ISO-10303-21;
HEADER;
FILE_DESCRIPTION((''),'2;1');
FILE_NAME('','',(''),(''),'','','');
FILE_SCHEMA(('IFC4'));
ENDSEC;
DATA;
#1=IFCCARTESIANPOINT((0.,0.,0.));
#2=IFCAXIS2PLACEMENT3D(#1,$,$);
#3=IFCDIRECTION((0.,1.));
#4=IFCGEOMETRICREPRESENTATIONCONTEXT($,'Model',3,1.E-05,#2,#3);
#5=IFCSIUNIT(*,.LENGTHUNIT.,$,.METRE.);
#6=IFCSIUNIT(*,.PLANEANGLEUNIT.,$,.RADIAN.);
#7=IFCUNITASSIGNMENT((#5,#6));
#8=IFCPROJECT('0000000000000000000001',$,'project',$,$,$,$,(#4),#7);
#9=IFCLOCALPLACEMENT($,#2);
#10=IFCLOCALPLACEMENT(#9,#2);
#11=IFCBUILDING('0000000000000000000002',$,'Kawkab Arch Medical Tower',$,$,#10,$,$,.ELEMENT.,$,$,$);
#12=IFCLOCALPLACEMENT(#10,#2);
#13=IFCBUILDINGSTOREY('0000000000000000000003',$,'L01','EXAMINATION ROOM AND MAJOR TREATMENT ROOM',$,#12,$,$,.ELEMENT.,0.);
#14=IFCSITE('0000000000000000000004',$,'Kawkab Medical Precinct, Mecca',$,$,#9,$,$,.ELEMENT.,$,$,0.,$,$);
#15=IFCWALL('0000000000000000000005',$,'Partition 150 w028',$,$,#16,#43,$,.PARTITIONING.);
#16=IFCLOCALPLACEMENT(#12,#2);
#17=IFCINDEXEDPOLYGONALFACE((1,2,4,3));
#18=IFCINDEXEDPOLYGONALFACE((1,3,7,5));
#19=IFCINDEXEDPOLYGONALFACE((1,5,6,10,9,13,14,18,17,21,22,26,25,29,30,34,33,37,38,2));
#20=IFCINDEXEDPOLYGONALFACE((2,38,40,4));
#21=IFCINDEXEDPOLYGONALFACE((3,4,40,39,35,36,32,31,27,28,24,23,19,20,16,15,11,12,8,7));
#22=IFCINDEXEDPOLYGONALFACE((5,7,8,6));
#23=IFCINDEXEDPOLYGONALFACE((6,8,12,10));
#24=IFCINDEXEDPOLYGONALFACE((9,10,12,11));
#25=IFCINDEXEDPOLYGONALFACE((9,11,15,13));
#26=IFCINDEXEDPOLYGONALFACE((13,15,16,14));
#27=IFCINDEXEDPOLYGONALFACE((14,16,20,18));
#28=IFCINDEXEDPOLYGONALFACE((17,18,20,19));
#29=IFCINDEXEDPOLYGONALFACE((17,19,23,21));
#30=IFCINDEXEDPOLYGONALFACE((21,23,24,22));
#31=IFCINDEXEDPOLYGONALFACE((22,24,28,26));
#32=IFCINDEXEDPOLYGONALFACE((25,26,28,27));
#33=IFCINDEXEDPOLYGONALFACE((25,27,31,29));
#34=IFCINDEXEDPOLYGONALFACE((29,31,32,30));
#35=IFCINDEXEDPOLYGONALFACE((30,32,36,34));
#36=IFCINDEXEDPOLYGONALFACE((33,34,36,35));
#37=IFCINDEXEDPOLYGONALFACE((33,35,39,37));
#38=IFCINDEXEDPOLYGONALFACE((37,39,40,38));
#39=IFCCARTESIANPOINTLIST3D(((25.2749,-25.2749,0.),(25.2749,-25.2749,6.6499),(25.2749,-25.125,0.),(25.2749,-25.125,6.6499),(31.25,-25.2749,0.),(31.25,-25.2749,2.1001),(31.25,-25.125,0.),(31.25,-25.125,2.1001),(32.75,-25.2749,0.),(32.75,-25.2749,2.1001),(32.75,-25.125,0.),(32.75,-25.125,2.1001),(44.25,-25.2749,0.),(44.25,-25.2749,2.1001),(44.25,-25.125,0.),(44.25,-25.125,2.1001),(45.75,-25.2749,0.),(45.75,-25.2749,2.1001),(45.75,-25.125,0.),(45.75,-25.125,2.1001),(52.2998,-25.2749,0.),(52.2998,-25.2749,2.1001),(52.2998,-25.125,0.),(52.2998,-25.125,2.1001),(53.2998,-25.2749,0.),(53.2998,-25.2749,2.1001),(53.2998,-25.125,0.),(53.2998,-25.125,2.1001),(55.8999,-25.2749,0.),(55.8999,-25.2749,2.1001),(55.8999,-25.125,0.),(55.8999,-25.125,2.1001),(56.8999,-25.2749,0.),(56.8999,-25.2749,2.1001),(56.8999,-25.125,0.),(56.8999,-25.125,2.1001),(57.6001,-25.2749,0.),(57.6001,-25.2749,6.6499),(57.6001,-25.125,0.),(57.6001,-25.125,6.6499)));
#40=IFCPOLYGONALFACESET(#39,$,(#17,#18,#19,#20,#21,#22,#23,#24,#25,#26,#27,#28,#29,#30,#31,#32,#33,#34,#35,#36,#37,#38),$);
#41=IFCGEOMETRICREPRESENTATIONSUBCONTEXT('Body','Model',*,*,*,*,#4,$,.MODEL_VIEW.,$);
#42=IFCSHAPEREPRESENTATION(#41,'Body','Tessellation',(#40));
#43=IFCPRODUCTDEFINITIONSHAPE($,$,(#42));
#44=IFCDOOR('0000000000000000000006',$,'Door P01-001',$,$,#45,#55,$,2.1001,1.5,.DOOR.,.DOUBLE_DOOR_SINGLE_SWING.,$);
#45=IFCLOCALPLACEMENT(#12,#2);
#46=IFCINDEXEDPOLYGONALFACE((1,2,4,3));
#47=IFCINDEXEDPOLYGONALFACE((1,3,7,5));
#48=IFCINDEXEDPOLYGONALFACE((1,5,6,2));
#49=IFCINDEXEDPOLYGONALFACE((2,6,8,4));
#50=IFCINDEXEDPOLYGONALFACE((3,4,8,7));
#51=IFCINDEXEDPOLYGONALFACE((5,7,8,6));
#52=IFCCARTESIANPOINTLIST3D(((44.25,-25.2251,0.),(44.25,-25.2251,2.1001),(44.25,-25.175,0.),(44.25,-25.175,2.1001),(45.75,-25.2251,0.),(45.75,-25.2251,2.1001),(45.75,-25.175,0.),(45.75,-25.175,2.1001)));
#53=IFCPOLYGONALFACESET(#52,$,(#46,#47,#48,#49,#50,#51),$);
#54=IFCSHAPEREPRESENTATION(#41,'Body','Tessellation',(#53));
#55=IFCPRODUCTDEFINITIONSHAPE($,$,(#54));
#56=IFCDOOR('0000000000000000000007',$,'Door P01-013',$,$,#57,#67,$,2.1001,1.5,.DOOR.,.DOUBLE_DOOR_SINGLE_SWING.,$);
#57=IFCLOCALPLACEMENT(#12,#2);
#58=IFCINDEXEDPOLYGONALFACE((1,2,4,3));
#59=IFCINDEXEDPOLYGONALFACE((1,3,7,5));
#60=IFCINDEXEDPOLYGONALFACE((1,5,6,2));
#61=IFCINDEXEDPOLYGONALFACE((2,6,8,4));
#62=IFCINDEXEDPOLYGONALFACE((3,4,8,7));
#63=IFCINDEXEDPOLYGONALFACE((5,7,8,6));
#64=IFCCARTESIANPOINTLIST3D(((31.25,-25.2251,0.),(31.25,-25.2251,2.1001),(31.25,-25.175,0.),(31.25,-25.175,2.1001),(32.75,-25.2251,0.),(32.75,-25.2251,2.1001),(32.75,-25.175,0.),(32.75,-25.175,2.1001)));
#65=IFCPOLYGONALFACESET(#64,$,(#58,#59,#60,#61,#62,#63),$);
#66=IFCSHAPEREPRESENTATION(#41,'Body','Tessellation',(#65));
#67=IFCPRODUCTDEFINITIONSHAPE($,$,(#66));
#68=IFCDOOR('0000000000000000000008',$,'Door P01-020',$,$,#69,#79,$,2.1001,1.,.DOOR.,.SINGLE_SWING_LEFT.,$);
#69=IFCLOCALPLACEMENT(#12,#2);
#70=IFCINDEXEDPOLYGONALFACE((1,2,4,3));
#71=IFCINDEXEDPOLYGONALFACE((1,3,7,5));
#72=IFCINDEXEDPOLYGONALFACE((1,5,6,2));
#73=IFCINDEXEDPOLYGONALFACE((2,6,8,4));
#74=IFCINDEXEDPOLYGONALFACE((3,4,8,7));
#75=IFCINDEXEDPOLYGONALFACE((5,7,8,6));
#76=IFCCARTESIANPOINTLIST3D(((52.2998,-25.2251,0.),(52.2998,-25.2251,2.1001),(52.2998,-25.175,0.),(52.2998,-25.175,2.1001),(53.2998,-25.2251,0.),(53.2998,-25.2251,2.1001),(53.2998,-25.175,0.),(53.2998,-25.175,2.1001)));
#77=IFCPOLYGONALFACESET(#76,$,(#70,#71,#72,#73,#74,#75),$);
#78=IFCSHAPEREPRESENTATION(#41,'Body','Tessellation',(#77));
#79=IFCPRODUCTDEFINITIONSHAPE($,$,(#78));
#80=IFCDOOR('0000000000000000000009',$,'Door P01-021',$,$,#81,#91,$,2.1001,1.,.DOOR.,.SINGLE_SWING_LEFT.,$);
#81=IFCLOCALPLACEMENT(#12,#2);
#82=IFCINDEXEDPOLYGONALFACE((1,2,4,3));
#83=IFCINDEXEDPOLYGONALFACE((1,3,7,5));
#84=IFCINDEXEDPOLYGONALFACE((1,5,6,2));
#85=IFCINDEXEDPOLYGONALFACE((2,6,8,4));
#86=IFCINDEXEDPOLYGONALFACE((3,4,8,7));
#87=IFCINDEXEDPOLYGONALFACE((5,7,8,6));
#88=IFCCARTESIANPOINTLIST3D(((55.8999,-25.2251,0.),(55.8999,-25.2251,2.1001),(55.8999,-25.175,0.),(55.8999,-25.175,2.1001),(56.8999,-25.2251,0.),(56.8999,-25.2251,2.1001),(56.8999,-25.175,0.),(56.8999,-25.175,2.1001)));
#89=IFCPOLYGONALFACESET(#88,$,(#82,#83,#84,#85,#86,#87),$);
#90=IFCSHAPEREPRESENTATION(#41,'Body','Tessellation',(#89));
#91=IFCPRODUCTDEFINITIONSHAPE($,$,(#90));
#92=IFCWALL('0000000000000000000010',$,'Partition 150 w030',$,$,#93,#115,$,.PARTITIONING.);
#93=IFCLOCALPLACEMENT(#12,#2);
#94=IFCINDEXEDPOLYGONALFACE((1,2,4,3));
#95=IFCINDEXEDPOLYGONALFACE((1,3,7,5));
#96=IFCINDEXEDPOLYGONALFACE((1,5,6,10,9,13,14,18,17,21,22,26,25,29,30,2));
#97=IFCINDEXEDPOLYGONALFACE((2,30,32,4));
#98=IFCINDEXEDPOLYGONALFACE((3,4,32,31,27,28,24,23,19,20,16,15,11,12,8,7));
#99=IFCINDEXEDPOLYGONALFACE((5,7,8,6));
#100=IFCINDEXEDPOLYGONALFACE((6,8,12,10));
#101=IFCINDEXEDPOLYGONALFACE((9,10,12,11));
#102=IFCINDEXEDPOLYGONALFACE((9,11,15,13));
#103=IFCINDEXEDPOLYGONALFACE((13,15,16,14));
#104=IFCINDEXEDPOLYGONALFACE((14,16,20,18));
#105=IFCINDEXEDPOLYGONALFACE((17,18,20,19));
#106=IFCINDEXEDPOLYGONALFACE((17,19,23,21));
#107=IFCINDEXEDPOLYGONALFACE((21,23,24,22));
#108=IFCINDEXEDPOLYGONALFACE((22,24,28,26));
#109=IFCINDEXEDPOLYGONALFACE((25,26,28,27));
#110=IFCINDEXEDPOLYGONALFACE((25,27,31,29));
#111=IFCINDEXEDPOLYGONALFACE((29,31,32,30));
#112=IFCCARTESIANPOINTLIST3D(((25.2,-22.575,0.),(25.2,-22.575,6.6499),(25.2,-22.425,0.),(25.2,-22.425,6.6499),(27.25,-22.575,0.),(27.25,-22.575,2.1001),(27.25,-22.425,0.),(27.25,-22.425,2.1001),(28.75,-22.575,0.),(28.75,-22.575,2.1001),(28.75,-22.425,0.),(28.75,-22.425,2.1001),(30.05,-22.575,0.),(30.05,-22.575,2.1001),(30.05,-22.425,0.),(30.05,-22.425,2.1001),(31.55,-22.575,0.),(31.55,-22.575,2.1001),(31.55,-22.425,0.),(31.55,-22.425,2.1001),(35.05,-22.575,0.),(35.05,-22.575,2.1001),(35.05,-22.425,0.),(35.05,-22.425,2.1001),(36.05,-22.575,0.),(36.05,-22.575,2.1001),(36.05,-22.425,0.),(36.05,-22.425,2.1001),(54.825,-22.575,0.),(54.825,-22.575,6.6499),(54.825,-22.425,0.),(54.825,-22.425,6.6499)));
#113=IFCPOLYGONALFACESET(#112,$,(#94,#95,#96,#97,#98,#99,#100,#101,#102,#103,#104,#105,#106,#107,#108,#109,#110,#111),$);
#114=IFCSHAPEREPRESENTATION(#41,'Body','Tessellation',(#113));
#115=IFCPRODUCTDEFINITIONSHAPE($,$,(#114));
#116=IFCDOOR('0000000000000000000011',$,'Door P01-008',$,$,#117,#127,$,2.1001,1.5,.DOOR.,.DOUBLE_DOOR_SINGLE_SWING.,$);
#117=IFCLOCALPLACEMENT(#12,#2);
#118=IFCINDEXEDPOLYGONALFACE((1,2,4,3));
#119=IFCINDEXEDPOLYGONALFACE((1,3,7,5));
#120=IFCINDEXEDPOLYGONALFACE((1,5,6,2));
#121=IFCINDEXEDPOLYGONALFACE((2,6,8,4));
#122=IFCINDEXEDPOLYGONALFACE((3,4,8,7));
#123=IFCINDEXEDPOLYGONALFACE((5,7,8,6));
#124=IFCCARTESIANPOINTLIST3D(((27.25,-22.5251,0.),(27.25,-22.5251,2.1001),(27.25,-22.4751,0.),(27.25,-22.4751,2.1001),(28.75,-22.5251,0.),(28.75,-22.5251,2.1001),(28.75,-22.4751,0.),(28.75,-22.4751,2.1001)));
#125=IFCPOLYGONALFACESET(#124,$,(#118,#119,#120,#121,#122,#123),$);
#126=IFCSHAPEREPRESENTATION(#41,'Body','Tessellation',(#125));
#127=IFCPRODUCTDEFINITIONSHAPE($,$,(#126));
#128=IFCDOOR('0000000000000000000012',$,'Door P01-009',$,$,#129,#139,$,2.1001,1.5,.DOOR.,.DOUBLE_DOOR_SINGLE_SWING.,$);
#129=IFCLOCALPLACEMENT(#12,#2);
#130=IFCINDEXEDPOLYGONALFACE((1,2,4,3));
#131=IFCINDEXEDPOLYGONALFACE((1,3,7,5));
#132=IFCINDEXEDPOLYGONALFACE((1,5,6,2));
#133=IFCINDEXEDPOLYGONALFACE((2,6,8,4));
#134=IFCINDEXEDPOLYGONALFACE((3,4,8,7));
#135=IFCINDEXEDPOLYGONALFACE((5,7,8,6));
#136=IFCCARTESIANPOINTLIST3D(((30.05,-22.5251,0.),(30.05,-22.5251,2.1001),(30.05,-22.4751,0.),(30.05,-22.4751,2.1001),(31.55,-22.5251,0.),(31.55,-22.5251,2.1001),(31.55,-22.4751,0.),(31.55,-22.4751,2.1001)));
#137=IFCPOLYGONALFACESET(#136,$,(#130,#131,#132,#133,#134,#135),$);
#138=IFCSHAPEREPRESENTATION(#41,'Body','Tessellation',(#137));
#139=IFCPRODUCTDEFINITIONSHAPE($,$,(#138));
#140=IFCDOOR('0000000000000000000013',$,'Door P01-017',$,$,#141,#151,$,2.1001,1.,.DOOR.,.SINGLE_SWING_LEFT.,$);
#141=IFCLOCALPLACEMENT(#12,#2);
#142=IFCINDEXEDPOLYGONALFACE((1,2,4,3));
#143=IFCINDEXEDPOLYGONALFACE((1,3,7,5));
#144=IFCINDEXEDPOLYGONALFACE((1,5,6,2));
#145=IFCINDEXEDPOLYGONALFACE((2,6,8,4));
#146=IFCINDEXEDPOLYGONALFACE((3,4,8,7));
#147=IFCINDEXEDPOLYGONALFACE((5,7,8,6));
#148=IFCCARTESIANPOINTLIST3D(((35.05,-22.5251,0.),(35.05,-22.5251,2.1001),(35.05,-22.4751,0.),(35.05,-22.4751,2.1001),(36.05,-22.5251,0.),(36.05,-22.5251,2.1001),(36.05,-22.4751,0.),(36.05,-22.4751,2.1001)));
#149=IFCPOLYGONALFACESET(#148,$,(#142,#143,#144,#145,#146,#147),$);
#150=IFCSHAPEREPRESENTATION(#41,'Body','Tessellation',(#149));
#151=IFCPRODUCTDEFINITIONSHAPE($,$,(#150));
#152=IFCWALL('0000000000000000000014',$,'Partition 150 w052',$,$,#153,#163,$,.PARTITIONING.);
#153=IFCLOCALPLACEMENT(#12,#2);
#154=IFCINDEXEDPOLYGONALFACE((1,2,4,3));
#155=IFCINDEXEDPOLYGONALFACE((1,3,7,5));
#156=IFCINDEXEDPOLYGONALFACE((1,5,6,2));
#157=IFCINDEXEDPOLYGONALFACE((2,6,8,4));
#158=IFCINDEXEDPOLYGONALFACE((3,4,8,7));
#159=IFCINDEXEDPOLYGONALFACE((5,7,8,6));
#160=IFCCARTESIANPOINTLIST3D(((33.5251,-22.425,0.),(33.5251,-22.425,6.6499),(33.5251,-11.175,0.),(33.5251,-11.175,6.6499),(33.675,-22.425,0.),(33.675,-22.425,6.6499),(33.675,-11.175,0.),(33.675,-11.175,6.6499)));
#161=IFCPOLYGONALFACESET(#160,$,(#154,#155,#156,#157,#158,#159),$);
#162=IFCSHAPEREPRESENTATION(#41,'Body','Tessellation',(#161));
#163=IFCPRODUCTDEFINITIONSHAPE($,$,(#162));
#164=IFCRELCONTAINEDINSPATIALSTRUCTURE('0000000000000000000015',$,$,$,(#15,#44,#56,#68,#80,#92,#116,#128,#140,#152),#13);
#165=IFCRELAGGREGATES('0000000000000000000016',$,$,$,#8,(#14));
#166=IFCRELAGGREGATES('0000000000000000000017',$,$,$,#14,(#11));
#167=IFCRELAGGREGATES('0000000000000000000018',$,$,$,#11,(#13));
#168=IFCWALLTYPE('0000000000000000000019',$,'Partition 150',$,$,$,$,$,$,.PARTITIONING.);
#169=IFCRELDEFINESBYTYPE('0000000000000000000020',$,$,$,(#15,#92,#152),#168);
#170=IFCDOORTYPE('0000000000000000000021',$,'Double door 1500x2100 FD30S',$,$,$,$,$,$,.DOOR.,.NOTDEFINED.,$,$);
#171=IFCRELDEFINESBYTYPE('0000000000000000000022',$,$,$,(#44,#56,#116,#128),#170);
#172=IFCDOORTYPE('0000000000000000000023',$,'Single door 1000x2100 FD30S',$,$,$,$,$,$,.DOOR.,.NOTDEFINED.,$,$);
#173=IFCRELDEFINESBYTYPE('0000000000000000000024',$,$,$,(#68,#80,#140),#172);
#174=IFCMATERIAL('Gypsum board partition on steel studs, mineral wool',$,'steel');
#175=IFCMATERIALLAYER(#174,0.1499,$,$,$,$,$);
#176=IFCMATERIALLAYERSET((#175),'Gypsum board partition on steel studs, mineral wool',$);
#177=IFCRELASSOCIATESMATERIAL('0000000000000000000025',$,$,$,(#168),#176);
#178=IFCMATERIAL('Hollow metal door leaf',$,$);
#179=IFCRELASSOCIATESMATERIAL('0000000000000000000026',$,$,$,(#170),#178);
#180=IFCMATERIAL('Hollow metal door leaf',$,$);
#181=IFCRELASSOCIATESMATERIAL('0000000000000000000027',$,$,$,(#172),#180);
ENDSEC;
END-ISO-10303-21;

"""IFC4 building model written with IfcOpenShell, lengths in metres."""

from ifc_helpers import new_model, si_unit, direction, frame, frame_2d, origin, place, context, subcontext, project, spatial, rectangle, extrude, material, layer, layer_set, type_object, element, fill, save


model = new_model("IFC4")

# Units and contexts
model_context = context("Model", 3, precision=1e-05, world=origin(), true_north=direction((0.0, 1.0)))
body_context = subcontext(model_context, "Body", "Model", "MODEL_VIEW")
ifc_project = project(units=[si_unit("LENGTHUNIT", "METRE"), si_unit("PLANEANGLEUNIT", "RADIAN")], contexts=[model_context])

# Site, building, storey
site_placement = place(None, origin())
site = spatial("IfcSite", under=ifc_project, at=site_placement, Name="Kawkab Medical Precinct, Mecca", CompositionType="ELEMENT", RefElevation=0.0)
building_placement = place(site_placement, origin())
building = spatial("IfcBuilding", under=site, at=building_placement, Name="Kawkab Arch Medical Tower", CompositionType="ELEMENT")
storey_placement = place(building_placement, origin())
storey = spatial("IfcBuildingStorey", under=building, at=storey_placement, Name="L01", Description="EXAMINATION ROOM AND MAJOR TREATMENT ROOM", CompositionType="ELEMENT", Elevation=0.0)

# Shared definitions
ifc_material_1 = material(Name="Gypsum board partition on steel studs, mineral wool", Category="steel")
ifc_layer_1 = layer(ifc_material_1, 0.1499)
ifc_layer_set_1 = layer_set([ifc_layer_1], Name="Gypsum board partition on steel studs, mineral wool")
wall_type = type_object("IfcWallType", Name="Partition 150", PredefinedType="PARTITIONING", material=ifc_layer_set_1)
ifc_material_2 = material(Name="Hollow metal door leaf")
door_type_1 = type_object("IfcDoorType", Name="Double door 1500x2100 FD30S", OperationType="NOTDEFINED", PredefinedType="DOOR", material=ifc_material_2)

# Walls, openings, doors
wall_1_placement = place(storey_placement, frame((25.2749, -25.2, 0.0), z_axis=(0.0, 0.0, 1.0), x_axis=(1.0, 0.0, 0.0)))
wall_1 = element("IfcWall", 1, at=wall_1_placement, inside=storey, type_object=wall_type, Name="Partition 150 w028", PredefinedType="PARTITIONING", context=body_context, shape_type="SweptSolid", body=[
    extrude(rectangle(XDim=32.3252, YDim=0.1499, at=frame_2d((16.1626, 0.0))), origin(), (0.0, 0.0, 1.0), 6.6499),
])
opening_1_placement = place(wall_1_placement, frame((18.9751, 0.0, 0.0)))
opening_1 = element("IfcOpeningElement", 2, at=opening_1_placement, cuts=wall_1, PredefinedType="OPENING", context=body_context, shape_type="SweptSolid", body=[
    extrude(rectangle(XDim=1.5, YDim=2.1001, at=frame_2d((0.75, 1.05))), frame((0.0, 0.085, 0.0), z_axis=(0.0, -1.0, 0.0), x_axis=(1.0, 0.0, 0.0)), (0.0, 0.0, 1.0), 0.1699),
])
opening_2_placement = place(wall_1_placement, frame((5.9751, 0.0, 0.0)))
opening_2 = element("IfcOpeningElement", 3, at=opening_2_placement, cuts=wall_1, PredefinedType="OPENING", context=body_context, shape_type="SweptSolid", body=[
    extrude(rectangle(XDim=1.5, YDim=2.1001, at=frame_2d((0.75, 1.05))), frame((0.0, 0.085, 0.0), z_axis=(0.0, -1.0, 0.0), x_axis=(1.0, 0.0, 0.0)), (0.0, 0.0, 1.0), 0.1699),
])
opening_3_placement = place(wall_1_placement, frame((27.0249, 0.0, 0.0)))
opening_3 = element("IfcOpeningElement", 4, at=opening_3_placement, cuts=wall_1, PredefinedType="OPENING", context=body_context, shape_type="SweptSolid", body=[
    extrude(rectangle(XDim=1.0, YDim=2.1001, at=frame_2d((0.5, 1.05))), frame((0.0, 0.085, 0.0), z_axis=(0.0, -1.0, 0.0), x_axis=(1.0, 0.0, 0.0)), (0.0, 0.0, 1.0), 0.1699),
])
opening_4_placement = place(wall_1_placement, frame((30.625, 0.0, 0.0)))
opening_4 = element("IfcOpeningElement", 5, at=opening_4_placement, cuts=wall_1, PredefinedType="OPENING", context=body_context, shape_type="SweptSolid", body=[
    extrude(rectangle(XDim=1.0, YDim=2.1001, at=frame_2d((0.5, 1.05))), frame((0.0, 0.085, 0.0), z_axis=(0.0, -1.0, 0.0), x_axis=(1.0, 0.0, 0.0)), (0.0, 0.0, 1.0), 0.1699),
])
door_1_placement = place(opening_1_placement, origin())
door_1 = element("IfcDoor", 6, at=door_1_placement, inside=storey, type_object=door_type_1, Name="Door P01-001", OperationType="DOUBLE_DOOR_SINGLE_SWING", OverallHeight=2.1001, OverallWidth=1.5, PredefinedType="DOOR", context=body_context, shape_type="SweptSolid", body=[
    extrude(rectangle(XDim=1.5, YDim=2.1001, at=frame_2d((0.75, 1.05))), frame((0.0, 0.0249, 0.0), z_axis=(0.0, -1.0, 0.0), x_axis=(1.0, 0.0, 0.0)), (0.0, 0.0, 1.0), 0.05),
])
fill(opening_1, door_1)
door_2_placement = place(opening_2_placement, origin())
door_2 = element("IfcDoor", 7, at=door_2_placement, inside=storey, type_object=door_type_1, Name="Door P01-013", OperationType="DOUBLE_DOOR_SINGLE_SWING", OverallHeight=2.1001, OverallWidth=1.5, PredefinedType="DOOR", context=body_context, shape_type="SweptSolid", body=[
    extrude(rectangle(XDim=1.5, YDim=2.1001, at=frame_2d((0.75, 1.05))), frame((0.0, 0.0249, 0.0), z_axis=(0.0, -1.0, 0.0), x_axis=(1.0, 0.0, 0.0)), (0.0, 0.0, 1.0), 0.05),
])
fill(opening_2, door_2)
ifc_material_3 = material(Name="Hollow metal door leaf")
door_type_2 = type_object("IfcDoorType", Name="Single door 1000x2100 FD30S", OperationType="NOTDEFINED", PredefinedType="DOOR", material=ifc_material_3)
door_3_placement = place(opening_3_placement, origin())
door_3 = element("IfcDoor", 8, at=door_3_placement, inside=storey, type_object=door_type_2, Name="Door P01-020", OperationType="SINGLE_SWING_LEFT", OverallHeight=2.1001, OverallWidth=1.0, PredefinedType="DOOR", context=body_context, shape_type="SweptSolid", body=[
    extrude(rectangle(XDim=1.0, YDim=2.1001, at=frame_2d((0.5, 1.05))), frame((0.0, 0.0249, 0.0), z_axis=(0.0, -1.0, 0.0), x_axis=(1.0, 0.0, 0.0)), (0.0, 0.0, 1.0), 0.05),
])
fill(opening_3, door_3)
door_4_placement = place(opening_4_placement, origin())
door_4 = element("IfcDoor", 9, at=door_4_placement, inside=storey, type_object=door_type_2, Name="Door P01-021", OperationType="SINGLE_SWING_LEFT", OverallHeight=2.1001, OverallWidth=1.0, PredefinedType="DOOR", context=body_context, shape_type="SweptSolid", body=[
    extrude(rectangle(XDim=1.0, YDim=2.1001, at=frame_2d((0.5, 1.05))), frame((0.0, 0.0249, 0.0), z_axis=(0.0, -1.0, 0.0), x_axis=(1.0, 0.0, 0.0)), (0.0, 0.0, 1.0), 0.05),
])
fill(opening_4, door_4)
wall_2_placement = place(storey_placement, frame((25.2, -22.5, 0.0), z_axis=(0.0, 0.0, 1.0), x_axis=(1.0, 0.0, 0.0)))
wall_2 = element("IfcWall", 10, at=wall_2_placement, inside=storey, type_object=wall_type, Name="Partition 150 w030", PredefinedType="PARTITIONING", context=body_context, shape_type="SweptSolid", body=[
    extrude(rectangle(XDim=29.625, YDim=0.1499, at=frame_2d((14.8125, 0.0))), origin(), (0.0, 0.0, 1.0), 6.6499),
])
opening_5_placement = place(wall_2_placement, frame((2.05, 0.0, 0.0)))
opening_5 = element("IfcOpeningElement", 11, at=opening_5_placement, cuts=wall_2, PredefinedType="OPENING", context=body_context, shape_type="SweptSolid", body=[
    extrude(rectangle(XDim=1.5, YDim=2.1001, at=frame_2d((0.75, 1.05))), frame((0.0, 0.085, 0.0), z_axis=(0.0, -1.0, 0.0), x_axis=(1.0, 0.0, 0.0)), (0.0, 0.0, 1.0), 0.1699),
])
opening_6_placement = place(wall_2_placement, frame((4.8501, 0.0, 0.0)))
opening_6 = element("IfcOpeningElement", 12, at=opening_6_placement, cuts=wall_2, PredefinedType="OPENING", context=body_context, shape_type="SweptSolid", body=[
    extrude(rectangle(XDim=1.5, YDim=2.1001, at=frame_2d((0.75, 1.05))), frame((0.0, 0.085, 0.0), z_axis=(0.0, -1.0, 0.0), x_axis=(1.0, 0.0, 0.0)), (0.0, 0.0, 1.0), 0.1699),
])
opening_7_placement = place(wall_2_placement, frame((9.8501, 0.0, 0.0)))
opening_7 = element("IfcOpeningElement", 13, at=opening_7_placement, cuts=wall_2, PredefinedType="OPENING", context=body_context, shape_type="SweptSolid", body=[
    extrude(rectangle(XDim=1.0, YDim=2.1001, at=frame_2d((0.5, 1.05))), frame((0.0, 0.085, 0.0), z_axis=(0.0, -1.0, 0.0), x_axis=(1.0, 0.0, 0.0)), (0.0, 0.0, 1.0), 0.1699),
])
door_5_placement = place(opening_5_placement, origin())
door_5 = element("IfcDoor", 14, at=door_5_placement, inside=storey, type_object=door_type_1, Name="Door P01-008", OperationType="DOUBLE_DOOR_SINGLE_SWING", OverallHeight=2.1001, OverallWidth=1.5, PredefinedType="DOOR", context=body_context, shape_type="SweptSolid", body=[
    extrude(rectangle(XDim=1.5, YDim=2.1001, at=frame_2d((0.75, 1.05))), frame((0.0, 0.0249, 0.0), z_axis=(0.0, -1.0, 0.0), x_axis=(1.0, 0.0, 0.0)), (0.0, 0.0, 1.0), 0.05),
])
fill(opening_5, door_5)
door_6_placement = place(opening_6_placement, origin())
door_6 = element("IfcDoor", 15, at=door_6_placement, inside=storey, type_object=door_type_1, Name="Door P01-009", OperationType="DOUBLE_DOOR_SINGLE_SWING", OverallHeight=2.1001, OverallWidth=1.5, PredefinedType="DOOR", context=body_context, shape_type="SweptSolid", body=[
    extrude(rectangle(XDim=1.5, YDim=2.1001, at=frame_2d((0.75, 1.05))), frame((0.0, 0.0249, 0.0), z_axis=(0.0, -1.0, 0.0), x_axis=(1.0, 0.0, 0.0)), (0.0, 0.0, 1.0), 0.05),
])
fill(opening_6, door_6)
door_7_placement = place(opening_7_placement, origin())
door_7 = element("IfcDoor", 16, at=door_7_placement, inside=storey, type_object=door_type_2, Name="Door P01-017", OperationType="SINGLE_SWING_LEFT", OverallHeight=2.1001, OverallWidth=1.0, PredefinedType="DOOR", context=body_context, shape_type="SweptSolid", body=[
    extrude(rectangle(XDim=1.0, YDim=2.1001, at=frame_2d((0.5, 1.05))), frame((0.0, 0.0249, 0.0), z_axis=(0.0, -1.0, 0.0), x_axis=(1.0, 0.0, 0.0)), (0.0, 0.0, 1.0), 0.05),
])
fill(opening_7, door_7)

# Wall
for number, where, z_axis, x_axis, name in (
    (17, (33.6001, -22.425, 0.0), (0.0, 0.0, 1.0), (0.0, 1.0, 0.0), "Partition 150 w052"),
):
    element("IfcWall", number, at=place(storey_placement, frame(where, z_axis=z_axis, x_axis=x_axis)), inside=storey, type_object=wall_type, Name=name, PredefinedType="PARTITIONING", context=body_context, shape_type="SweptSolid", body=[
        extrude(rectangle(XDim=11.25, YDim=0.1499, at=frame_2d((5.625, 0.0))), origin(), (0.0, 0.0, 1.0), 6.6499),
    ])

save(model, "model.ifc")
